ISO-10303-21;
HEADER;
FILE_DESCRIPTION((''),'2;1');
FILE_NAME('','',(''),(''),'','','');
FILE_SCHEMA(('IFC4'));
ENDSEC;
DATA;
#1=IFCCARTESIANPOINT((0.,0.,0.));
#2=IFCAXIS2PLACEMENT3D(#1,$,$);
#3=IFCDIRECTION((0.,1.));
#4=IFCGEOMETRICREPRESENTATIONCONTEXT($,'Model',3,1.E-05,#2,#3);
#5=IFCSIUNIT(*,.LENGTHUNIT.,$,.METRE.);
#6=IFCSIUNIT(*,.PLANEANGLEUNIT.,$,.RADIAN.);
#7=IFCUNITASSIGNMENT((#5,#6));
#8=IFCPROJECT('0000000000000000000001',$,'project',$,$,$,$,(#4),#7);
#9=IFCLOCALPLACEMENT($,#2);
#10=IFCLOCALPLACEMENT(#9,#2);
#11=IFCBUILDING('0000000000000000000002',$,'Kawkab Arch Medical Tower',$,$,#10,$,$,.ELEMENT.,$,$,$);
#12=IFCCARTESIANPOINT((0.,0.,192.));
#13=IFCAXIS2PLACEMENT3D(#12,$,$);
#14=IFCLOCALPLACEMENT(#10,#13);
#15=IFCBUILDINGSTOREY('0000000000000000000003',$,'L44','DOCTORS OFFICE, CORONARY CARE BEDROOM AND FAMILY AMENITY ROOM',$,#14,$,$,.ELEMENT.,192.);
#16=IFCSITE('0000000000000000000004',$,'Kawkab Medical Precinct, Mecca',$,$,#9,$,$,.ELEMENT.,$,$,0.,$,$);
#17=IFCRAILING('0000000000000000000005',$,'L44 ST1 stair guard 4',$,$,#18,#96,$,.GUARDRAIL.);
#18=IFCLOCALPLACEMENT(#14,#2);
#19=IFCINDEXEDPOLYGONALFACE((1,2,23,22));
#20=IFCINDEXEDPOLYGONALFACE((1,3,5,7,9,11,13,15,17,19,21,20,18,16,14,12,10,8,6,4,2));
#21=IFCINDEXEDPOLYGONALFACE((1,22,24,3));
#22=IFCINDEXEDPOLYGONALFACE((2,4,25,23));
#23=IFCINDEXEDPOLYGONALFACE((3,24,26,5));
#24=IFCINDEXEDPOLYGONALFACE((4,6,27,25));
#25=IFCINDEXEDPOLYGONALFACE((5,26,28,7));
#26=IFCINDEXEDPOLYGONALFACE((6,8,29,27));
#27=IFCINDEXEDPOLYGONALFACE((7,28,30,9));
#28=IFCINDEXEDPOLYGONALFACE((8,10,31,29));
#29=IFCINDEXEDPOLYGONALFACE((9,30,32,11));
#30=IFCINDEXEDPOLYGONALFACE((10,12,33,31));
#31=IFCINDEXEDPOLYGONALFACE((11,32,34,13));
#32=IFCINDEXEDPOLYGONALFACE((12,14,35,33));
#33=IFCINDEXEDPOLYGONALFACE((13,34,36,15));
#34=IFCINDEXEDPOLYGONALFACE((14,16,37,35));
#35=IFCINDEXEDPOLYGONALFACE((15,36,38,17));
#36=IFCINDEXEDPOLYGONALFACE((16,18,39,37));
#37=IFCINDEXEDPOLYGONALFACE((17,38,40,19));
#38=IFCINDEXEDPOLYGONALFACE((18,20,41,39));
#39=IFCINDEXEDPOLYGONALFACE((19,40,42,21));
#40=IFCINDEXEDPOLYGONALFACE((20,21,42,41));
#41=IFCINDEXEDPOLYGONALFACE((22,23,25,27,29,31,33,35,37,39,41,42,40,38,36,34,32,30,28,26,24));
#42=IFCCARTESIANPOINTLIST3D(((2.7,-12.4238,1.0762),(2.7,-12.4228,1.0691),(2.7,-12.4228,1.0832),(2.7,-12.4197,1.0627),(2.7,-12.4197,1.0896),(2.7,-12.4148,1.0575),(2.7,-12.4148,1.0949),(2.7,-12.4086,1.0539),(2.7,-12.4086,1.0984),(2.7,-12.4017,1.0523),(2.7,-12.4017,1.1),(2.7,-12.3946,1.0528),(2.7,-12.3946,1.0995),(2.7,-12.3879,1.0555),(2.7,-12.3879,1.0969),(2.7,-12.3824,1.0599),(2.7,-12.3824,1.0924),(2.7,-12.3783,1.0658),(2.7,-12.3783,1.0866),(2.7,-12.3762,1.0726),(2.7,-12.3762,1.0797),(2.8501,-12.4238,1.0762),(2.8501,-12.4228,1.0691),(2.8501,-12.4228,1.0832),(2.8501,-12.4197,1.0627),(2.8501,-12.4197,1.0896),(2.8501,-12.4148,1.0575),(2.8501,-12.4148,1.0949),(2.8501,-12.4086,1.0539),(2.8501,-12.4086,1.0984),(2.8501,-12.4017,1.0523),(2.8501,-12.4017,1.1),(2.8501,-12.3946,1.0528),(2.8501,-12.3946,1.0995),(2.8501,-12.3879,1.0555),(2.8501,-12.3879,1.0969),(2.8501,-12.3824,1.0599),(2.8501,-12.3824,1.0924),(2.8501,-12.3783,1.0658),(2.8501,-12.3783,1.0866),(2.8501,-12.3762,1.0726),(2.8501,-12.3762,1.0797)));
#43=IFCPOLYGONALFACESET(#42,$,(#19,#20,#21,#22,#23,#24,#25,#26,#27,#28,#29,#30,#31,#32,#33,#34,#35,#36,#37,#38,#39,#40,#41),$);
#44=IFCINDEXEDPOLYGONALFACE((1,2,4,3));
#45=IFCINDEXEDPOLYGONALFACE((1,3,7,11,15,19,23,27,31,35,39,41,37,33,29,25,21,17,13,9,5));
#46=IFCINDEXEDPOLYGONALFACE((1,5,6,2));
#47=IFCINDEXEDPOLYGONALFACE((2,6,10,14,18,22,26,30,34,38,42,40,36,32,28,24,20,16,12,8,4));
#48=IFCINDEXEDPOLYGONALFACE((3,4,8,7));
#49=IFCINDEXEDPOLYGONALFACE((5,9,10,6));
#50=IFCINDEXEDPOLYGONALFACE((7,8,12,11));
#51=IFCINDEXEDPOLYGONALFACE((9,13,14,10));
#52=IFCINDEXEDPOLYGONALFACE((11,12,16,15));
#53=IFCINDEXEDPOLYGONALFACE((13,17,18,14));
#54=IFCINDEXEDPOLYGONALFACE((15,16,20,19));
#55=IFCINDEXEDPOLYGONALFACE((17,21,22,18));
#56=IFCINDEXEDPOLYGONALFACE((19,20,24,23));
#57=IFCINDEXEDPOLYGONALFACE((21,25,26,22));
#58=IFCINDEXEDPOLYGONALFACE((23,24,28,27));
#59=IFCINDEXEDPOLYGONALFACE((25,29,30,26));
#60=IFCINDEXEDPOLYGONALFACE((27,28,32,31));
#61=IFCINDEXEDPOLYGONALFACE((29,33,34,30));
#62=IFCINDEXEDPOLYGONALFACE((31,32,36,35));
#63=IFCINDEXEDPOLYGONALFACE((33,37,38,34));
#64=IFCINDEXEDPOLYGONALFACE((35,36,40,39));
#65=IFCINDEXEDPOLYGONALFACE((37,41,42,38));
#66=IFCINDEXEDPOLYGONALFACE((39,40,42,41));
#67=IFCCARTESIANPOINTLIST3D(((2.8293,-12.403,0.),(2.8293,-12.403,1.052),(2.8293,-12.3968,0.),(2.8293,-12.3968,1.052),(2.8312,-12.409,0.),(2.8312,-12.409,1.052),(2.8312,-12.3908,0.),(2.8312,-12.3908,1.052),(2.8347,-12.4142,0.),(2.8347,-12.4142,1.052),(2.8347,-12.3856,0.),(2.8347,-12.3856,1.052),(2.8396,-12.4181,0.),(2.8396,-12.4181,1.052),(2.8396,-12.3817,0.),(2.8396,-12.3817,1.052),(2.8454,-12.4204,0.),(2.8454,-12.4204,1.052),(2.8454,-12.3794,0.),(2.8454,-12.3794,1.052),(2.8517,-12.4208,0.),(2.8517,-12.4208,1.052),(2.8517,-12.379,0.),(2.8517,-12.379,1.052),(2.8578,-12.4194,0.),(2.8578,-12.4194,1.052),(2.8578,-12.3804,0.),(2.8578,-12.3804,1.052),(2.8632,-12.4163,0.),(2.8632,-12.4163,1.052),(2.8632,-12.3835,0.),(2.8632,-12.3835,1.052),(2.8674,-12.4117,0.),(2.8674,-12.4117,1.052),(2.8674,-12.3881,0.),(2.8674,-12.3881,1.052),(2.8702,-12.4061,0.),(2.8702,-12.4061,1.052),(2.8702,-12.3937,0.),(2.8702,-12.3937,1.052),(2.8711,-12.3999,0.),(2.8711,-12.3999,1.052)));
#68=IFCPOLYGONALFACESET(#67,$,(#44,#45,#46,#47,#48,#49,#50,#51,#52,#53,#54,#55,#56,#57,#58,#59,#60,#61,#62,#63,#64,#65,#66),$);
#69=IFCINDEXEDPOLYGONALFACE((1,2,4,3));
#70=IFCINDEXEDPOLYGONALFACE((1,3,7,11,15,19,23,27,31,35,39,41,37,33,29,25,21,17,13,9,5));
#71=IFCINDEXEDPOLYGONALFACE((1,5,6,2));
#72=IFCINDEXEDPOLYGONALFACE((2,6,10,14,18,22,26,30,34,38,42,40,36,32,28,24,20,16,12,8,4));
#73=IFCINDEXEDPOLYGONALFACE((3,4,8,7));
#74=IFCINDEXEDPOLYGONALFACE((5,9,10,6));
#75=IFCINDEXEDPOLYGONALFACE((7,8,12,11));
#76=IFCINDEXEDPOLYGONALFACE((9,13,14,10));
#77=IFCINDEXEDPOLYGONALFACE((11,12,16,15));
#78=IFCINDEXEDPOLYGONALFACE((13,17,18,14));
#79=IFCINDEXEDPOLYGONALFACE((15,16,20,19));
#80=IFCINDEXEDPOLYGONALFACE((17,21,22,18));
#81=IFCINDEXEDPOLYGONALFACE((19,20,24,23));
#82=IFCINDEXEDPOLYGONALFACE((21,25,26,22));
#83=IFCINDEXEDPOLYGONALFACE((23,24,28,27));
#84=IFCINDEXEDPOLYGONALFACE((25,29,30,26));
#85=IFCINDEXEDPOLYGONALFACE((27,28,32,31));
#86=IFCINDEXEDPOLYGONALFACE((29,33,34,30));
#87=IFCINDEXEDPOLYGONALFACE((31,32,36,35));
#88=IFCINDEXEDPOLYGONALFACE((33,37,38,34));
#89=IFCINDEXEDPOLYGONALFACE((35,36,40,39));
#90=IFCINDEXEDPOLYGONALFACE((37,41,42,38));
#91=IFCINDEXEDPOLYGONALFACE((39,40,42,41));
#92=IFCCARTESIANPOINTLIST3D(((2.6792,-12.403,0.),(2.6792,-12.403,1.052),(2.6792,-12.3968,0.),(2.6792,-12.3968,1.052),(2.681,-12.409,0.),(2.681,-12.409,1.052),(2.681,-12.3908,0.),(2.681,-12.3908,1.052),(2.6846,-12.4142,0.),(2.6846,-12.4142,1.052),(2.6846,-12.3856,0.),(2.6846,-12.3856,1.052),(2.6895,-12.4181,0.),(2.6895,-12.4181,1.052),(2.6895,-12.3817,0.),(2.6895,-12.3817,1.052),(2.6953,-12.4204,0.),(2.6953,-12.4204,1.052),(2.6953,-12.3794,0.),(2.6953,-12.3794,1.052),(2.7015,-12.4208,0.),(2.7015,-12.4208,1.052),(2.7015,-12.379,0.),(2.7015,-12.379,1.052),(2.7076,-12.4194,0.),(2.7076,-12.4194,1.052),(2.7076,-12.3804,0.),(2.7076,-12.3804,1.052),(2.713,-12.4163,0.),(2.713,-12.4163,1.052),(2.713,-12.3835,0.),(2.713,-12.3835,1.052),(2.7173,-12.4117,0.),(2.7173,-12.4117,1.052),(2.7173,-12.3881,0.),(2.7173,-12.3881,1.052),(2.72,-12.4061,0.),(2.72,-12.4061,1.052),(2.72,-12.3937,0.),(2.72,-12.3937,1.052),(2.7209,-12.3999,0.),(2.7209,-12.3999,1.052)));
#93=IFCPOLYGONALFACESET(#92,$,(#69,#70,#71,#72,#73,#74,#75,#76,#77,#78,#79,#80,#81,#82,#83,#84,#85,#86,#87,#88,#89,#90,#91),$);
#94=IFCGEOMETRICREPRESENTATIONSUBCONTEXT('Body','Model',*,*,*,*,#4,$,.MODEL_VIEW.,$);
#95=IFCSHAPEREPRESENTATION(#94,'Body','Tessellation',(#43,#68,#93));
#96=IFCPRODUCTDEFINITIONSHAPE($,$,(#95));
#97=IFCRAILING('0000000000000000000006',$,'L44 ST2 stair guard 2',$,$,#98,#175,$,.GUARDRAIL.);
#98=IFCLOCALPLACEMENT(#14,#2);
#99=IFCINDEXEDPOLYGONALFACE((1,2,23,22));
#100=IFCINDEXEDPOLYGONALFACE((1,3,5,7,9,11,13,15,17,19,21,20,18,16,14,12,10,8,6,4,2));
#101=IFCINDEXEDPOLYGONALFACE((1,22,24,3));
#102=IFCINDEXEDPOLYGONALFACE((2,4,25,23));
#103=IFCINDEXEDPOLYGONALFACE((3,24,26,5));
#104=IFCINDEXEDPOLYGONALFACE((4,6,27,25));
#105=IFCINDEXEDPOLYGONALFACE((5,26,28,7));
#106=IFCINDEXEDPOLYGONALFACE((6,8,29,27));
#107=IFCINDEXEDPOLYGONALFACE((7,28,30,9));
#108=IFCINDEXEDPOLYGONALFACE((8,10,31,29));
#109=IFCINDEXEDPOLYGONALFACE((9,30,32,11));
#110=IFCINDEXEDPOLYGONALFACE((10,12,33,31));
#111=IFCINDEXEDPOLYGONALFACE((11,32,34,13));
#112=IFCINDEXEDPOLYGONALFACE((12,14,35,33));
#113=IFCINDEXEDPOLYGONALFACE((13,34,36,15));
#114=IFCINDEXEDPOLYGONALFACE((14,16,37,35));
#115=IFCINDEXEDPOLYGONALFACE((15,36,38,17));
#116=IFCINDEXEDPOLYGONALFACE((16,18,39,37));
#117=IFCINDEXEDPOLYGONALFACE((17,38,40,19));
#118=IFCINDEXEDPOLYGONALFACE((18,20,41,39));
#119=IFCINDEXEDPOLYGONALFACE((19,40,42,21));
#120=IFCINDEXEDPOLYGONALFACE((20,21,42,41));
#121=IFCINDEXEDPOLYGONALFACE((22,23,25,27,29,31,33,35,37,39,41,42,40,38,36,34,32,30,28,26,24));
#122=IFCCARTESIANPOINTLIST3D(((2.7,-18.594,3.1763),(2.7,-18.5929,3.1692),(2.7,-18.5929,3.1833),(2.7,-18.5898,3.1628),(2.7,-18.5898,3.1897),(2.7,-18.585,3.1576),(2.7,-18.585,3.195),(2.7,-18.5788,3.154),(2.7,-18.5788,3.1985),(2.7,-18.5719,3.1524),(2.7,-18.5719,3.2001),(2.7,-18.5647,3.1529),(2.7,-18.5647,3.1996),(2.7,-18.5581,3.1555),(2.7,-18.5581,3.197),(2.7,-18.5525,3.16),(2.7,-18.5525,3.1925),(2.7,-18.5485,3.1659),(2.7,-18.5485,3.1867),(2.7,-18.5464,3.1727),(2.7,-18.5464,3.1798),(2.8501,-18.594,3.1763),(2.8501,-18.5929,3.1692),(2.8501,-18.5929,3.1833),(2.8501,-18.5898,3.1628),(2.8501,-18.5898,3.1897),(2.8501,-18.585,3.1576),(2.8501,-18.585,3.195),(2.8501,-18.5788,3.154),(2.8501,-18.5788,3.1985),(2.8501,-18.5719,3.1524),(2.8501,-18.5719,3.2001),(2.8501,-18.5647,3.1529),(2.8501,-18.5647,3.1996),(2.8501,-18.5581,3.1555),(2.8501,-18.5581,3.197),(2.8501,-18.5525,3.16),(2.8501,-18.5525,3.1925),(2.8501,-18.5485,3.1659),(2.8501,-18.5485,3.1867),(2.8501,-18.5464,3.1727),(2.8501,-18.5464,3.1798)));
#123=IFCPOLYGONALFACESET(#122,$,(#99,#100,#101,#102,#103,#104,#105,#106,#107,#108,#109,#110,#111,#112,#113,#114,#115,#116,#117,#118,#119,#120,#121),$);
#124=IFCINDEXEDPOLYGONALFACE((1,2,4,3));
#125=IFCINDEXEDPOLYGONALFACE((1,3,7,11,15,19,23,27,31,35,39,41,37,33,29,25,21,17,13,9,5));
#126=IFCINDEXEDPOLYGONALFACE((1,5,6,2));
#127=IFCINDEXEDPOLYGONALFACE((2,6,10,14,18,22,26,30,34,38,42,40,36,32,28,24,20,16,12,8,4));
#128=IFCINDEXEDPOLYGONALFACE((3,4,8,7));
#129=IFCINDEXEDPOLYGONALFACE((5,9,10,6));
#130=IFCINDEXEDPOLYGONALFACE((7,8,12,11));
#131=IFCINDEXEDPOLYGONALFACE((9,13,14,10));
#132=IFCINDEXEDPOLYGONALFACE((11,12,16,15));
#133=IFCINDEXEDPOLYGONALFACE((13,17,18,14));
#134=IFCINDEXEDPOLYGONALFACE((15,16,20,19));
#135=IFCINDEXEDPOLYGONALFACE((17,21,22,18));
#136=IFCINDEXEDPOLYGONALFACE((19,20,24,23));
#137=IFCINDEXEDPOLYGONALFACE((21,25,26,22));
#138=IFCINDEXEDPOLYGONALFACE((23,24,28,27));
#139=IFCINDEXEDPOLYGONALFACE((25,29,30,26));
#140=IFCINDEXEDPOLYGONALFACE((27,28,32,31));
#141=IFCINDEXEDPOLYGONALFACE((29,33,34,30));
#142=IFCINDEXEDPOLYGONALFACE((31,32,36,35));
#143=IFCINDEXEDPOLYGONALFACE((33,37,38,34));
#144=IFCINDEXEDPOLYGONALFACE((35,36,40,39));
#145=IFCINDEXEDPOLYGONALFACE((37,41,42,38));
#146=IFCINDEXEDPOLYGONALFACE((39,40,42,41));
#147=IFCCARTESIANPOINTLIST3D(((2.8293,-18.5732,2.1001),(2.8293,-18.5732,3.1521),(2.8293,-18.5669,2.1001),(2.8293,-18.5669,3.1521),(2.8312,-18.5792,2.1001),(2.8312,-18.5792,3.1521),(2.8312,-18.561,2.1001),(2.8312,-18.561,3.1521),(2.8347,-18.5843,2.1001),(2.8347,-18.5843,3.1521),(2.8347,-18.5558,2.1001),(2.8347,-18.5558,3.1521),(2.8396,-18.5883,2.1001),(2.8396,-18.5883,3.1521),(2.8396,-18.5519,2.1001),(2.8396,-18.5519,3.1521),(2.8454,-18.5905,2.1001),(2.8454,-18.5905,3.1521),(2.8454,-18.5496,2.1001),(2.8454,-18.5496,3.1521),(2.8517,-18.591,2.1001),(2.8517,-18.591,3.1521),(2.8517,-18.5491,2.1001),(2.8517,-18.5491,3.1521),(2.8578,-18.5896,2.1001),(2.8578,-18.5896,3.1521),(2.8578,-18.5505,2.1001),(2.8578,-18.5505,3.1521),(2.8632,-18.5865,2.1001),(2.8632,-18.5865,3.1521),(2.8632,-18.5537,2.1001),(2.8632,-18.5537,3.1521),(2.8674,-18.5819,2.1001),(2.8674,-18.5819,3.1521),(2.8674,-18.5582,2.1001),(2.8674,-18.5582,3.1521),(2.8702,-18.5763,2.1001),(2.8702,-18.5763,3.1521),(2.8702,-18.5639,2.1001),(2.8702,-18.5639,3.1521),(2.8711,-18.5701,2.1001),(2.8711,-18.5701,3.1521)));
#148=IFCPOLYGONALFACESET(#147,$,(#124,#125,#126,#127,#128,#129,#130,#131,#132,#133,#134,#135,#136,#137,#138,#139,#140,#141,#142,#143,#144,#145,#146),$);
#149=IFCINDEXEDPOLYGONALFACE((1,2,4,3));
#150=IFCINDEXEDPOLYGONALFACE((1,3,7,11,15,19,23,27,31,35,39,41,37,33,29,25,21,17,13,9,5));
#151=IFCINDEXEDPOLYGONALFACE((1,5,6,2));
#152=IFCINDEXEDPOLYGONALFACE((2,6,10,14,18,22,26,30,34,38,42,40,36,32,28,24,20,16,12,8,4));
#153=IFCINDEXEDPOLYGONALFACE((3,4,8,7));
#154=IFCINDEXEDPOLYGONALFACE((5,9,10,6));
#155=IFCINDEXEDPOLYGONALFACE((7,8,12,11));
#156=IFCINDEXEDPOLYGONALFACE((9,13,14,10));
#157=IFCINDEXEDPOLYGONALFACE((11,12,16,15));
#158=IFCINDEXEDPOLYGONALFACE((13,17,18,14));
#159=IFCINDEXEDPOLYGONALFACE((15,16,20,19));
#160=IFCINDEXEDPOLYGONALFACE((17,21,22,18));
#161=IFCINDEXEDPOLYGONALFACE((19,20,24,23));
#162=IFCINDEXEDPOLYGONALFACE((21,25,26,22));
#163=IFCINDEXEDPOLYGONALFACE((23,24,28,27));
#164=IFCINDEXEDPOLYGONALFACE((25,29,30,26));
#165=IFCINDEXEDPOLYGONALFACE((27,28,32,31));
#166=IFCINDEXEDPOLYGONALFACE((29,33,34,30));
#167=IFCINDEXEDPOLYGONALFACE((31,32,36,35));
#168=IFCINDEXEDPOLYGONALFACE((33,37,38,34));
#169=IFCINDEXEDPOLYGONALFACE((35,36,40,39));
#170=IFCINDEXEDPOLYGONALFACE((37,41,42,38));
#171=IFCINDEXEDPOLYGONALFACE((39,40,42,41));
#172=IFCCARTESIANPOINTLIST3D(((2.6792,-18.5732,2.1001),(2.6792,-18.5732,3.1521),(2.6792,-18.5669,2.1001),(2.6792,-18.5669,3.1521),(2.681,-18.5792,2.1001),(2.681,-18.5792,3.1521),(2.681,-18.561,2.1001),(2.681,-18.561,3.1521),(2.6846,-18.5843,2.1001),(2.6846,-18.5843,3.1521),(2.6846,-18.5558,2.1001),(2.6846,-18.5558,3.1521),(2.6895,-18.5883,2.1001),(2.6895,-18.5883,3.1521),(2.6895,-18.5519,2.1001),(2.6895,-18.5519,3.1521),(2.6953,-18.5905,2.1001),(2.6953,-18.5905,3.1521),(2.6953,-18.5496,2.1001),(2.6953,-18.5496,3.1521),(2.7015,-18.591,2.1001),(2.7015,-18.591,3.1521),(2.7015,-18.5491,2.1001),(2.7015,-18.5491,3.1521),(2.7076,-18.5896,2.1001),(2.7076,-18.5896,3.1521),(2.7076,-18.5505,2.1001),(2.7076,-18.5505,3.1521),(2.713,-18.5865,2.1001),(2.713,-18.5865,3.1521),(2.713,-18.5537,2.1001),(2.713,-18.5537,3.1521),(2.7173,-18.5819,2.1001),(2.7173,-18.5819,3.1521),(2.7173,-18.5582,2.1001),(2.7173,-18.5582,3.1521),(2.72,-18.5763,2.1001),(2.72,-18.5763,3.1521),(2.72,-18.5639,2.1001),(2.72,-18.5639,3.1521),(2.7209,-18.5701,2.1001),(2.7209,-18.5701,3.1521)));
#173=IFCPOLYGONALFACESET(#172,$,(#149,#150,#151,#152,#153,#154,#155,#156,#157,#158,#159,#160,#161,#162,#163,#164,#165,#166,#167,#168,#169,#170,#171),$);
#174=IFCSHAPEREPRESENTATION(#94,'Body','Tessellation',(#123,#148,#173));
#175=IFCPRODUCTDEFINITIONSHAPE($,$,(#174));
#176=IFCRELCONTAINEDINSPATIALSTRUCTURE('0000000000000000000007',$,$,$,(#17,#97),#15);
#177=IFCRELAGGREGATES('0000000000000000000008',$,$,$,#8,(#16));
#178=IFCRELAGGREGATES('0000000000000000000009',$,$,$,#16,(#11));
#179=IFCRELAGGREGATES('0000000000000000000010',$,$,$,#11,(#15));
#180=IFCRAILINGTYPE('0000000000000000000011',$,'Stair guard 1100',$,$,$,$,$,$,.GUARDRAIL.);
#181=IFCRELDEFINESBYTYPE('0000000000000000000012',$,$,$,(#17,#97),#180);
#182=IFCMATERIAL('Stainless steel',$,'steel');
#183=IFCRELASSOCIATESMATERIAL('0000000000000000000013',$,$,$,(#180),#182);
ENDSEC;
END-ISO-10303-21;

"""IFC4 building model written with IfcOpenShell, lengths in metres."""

from ifc_helpers import new_model, si_unit, direction, frame, origin, origin_2d, place, context, subcontext, project, spatial, circle, extrude, material, type_object, element, save


model = new_model("IFC4")

# Units and contexts
model_context = context("Model", 3, precision=1e-05, world=origin(), true_north=direction((0.0, 1.0)))
body_context = subcontext(model_context, "Body", "Model", "MODEL_VIEW")
ifc_project = project(units=[si_unit("LENGTHUNIT", "METRE"), si_unit("PLANEANGLEUNIT", "RADIAN")], contexts=[model_context])

# Site, building, storey
site_placement = place(None, origin())
site = spatial("IfcSite", under=ifc_project, at=site_placement, Name="Kawkab Medical Precinct, Mecca", CompositionType="ELEMENT", RefElevation=0.0)
building_placement = place(site_placement, origin())
building = spatial("IfcBuilding", under=site, at=building_placement, Name="Kawkab Arch Medical Tower", CompositionType="ELEMENT")
storey_placement = place(building_placement, frame((0.0, 0.0, 192.0)))
storey = spatial("IfcBuildingStorey", under=building, at=storey_placement, Name="L44", Description="DOCTORS OFFICE, CORONARY CARE BEDROOM AND FAMILY AMENITY ROOM", CompositionType="ELEMENT", Elevation=192.0)

# Railings
ifc_material_1 = material(Name="Stainless steel", Category="steel")
railing_type_1 = type_object("IfcRailingType", Name="Stair guard 1100", PredefinedType="GUARDRAIL", material=ifc_material_1)
for number, where, name in (
    (1, (2.8501, -12.3999, 0.0), "L44 ST1 stair guard 4"),
    (2, (2.8501, -18.5701, 2.1001), "L44 ST2 stair guard 2"),
):
    element("IfcRailing", number, at=place(storey_placement, frame(where)), inside=storey, type_object=railing_type_1, Name=name, PredefinedType="GUARDRAIL", context=body_context, shape_type="SweptSolid", body=[
        extrude(circle(Radius=0.0239, at=origin_2d()), frame((0.0, 0.0, 1.0762), z_axis=(-1.0, 0.0, 0.0), x_axis=(0.0, -1.0, 0.0)), (0.0, 0.0, 1.0), 0.1501),
        extrude(circle(Radius=0.021, at=origin_2d()), origin(), (0.0, 0.0, 1.0), 1.052),
        extrude(circle(Radius=0.021, at=origin_2d()), frame((-0.1501, 0.0, 0.0)), (0.0, 0.0, 1.0), 1.052),
    ])

save(model, "model.ifc")
